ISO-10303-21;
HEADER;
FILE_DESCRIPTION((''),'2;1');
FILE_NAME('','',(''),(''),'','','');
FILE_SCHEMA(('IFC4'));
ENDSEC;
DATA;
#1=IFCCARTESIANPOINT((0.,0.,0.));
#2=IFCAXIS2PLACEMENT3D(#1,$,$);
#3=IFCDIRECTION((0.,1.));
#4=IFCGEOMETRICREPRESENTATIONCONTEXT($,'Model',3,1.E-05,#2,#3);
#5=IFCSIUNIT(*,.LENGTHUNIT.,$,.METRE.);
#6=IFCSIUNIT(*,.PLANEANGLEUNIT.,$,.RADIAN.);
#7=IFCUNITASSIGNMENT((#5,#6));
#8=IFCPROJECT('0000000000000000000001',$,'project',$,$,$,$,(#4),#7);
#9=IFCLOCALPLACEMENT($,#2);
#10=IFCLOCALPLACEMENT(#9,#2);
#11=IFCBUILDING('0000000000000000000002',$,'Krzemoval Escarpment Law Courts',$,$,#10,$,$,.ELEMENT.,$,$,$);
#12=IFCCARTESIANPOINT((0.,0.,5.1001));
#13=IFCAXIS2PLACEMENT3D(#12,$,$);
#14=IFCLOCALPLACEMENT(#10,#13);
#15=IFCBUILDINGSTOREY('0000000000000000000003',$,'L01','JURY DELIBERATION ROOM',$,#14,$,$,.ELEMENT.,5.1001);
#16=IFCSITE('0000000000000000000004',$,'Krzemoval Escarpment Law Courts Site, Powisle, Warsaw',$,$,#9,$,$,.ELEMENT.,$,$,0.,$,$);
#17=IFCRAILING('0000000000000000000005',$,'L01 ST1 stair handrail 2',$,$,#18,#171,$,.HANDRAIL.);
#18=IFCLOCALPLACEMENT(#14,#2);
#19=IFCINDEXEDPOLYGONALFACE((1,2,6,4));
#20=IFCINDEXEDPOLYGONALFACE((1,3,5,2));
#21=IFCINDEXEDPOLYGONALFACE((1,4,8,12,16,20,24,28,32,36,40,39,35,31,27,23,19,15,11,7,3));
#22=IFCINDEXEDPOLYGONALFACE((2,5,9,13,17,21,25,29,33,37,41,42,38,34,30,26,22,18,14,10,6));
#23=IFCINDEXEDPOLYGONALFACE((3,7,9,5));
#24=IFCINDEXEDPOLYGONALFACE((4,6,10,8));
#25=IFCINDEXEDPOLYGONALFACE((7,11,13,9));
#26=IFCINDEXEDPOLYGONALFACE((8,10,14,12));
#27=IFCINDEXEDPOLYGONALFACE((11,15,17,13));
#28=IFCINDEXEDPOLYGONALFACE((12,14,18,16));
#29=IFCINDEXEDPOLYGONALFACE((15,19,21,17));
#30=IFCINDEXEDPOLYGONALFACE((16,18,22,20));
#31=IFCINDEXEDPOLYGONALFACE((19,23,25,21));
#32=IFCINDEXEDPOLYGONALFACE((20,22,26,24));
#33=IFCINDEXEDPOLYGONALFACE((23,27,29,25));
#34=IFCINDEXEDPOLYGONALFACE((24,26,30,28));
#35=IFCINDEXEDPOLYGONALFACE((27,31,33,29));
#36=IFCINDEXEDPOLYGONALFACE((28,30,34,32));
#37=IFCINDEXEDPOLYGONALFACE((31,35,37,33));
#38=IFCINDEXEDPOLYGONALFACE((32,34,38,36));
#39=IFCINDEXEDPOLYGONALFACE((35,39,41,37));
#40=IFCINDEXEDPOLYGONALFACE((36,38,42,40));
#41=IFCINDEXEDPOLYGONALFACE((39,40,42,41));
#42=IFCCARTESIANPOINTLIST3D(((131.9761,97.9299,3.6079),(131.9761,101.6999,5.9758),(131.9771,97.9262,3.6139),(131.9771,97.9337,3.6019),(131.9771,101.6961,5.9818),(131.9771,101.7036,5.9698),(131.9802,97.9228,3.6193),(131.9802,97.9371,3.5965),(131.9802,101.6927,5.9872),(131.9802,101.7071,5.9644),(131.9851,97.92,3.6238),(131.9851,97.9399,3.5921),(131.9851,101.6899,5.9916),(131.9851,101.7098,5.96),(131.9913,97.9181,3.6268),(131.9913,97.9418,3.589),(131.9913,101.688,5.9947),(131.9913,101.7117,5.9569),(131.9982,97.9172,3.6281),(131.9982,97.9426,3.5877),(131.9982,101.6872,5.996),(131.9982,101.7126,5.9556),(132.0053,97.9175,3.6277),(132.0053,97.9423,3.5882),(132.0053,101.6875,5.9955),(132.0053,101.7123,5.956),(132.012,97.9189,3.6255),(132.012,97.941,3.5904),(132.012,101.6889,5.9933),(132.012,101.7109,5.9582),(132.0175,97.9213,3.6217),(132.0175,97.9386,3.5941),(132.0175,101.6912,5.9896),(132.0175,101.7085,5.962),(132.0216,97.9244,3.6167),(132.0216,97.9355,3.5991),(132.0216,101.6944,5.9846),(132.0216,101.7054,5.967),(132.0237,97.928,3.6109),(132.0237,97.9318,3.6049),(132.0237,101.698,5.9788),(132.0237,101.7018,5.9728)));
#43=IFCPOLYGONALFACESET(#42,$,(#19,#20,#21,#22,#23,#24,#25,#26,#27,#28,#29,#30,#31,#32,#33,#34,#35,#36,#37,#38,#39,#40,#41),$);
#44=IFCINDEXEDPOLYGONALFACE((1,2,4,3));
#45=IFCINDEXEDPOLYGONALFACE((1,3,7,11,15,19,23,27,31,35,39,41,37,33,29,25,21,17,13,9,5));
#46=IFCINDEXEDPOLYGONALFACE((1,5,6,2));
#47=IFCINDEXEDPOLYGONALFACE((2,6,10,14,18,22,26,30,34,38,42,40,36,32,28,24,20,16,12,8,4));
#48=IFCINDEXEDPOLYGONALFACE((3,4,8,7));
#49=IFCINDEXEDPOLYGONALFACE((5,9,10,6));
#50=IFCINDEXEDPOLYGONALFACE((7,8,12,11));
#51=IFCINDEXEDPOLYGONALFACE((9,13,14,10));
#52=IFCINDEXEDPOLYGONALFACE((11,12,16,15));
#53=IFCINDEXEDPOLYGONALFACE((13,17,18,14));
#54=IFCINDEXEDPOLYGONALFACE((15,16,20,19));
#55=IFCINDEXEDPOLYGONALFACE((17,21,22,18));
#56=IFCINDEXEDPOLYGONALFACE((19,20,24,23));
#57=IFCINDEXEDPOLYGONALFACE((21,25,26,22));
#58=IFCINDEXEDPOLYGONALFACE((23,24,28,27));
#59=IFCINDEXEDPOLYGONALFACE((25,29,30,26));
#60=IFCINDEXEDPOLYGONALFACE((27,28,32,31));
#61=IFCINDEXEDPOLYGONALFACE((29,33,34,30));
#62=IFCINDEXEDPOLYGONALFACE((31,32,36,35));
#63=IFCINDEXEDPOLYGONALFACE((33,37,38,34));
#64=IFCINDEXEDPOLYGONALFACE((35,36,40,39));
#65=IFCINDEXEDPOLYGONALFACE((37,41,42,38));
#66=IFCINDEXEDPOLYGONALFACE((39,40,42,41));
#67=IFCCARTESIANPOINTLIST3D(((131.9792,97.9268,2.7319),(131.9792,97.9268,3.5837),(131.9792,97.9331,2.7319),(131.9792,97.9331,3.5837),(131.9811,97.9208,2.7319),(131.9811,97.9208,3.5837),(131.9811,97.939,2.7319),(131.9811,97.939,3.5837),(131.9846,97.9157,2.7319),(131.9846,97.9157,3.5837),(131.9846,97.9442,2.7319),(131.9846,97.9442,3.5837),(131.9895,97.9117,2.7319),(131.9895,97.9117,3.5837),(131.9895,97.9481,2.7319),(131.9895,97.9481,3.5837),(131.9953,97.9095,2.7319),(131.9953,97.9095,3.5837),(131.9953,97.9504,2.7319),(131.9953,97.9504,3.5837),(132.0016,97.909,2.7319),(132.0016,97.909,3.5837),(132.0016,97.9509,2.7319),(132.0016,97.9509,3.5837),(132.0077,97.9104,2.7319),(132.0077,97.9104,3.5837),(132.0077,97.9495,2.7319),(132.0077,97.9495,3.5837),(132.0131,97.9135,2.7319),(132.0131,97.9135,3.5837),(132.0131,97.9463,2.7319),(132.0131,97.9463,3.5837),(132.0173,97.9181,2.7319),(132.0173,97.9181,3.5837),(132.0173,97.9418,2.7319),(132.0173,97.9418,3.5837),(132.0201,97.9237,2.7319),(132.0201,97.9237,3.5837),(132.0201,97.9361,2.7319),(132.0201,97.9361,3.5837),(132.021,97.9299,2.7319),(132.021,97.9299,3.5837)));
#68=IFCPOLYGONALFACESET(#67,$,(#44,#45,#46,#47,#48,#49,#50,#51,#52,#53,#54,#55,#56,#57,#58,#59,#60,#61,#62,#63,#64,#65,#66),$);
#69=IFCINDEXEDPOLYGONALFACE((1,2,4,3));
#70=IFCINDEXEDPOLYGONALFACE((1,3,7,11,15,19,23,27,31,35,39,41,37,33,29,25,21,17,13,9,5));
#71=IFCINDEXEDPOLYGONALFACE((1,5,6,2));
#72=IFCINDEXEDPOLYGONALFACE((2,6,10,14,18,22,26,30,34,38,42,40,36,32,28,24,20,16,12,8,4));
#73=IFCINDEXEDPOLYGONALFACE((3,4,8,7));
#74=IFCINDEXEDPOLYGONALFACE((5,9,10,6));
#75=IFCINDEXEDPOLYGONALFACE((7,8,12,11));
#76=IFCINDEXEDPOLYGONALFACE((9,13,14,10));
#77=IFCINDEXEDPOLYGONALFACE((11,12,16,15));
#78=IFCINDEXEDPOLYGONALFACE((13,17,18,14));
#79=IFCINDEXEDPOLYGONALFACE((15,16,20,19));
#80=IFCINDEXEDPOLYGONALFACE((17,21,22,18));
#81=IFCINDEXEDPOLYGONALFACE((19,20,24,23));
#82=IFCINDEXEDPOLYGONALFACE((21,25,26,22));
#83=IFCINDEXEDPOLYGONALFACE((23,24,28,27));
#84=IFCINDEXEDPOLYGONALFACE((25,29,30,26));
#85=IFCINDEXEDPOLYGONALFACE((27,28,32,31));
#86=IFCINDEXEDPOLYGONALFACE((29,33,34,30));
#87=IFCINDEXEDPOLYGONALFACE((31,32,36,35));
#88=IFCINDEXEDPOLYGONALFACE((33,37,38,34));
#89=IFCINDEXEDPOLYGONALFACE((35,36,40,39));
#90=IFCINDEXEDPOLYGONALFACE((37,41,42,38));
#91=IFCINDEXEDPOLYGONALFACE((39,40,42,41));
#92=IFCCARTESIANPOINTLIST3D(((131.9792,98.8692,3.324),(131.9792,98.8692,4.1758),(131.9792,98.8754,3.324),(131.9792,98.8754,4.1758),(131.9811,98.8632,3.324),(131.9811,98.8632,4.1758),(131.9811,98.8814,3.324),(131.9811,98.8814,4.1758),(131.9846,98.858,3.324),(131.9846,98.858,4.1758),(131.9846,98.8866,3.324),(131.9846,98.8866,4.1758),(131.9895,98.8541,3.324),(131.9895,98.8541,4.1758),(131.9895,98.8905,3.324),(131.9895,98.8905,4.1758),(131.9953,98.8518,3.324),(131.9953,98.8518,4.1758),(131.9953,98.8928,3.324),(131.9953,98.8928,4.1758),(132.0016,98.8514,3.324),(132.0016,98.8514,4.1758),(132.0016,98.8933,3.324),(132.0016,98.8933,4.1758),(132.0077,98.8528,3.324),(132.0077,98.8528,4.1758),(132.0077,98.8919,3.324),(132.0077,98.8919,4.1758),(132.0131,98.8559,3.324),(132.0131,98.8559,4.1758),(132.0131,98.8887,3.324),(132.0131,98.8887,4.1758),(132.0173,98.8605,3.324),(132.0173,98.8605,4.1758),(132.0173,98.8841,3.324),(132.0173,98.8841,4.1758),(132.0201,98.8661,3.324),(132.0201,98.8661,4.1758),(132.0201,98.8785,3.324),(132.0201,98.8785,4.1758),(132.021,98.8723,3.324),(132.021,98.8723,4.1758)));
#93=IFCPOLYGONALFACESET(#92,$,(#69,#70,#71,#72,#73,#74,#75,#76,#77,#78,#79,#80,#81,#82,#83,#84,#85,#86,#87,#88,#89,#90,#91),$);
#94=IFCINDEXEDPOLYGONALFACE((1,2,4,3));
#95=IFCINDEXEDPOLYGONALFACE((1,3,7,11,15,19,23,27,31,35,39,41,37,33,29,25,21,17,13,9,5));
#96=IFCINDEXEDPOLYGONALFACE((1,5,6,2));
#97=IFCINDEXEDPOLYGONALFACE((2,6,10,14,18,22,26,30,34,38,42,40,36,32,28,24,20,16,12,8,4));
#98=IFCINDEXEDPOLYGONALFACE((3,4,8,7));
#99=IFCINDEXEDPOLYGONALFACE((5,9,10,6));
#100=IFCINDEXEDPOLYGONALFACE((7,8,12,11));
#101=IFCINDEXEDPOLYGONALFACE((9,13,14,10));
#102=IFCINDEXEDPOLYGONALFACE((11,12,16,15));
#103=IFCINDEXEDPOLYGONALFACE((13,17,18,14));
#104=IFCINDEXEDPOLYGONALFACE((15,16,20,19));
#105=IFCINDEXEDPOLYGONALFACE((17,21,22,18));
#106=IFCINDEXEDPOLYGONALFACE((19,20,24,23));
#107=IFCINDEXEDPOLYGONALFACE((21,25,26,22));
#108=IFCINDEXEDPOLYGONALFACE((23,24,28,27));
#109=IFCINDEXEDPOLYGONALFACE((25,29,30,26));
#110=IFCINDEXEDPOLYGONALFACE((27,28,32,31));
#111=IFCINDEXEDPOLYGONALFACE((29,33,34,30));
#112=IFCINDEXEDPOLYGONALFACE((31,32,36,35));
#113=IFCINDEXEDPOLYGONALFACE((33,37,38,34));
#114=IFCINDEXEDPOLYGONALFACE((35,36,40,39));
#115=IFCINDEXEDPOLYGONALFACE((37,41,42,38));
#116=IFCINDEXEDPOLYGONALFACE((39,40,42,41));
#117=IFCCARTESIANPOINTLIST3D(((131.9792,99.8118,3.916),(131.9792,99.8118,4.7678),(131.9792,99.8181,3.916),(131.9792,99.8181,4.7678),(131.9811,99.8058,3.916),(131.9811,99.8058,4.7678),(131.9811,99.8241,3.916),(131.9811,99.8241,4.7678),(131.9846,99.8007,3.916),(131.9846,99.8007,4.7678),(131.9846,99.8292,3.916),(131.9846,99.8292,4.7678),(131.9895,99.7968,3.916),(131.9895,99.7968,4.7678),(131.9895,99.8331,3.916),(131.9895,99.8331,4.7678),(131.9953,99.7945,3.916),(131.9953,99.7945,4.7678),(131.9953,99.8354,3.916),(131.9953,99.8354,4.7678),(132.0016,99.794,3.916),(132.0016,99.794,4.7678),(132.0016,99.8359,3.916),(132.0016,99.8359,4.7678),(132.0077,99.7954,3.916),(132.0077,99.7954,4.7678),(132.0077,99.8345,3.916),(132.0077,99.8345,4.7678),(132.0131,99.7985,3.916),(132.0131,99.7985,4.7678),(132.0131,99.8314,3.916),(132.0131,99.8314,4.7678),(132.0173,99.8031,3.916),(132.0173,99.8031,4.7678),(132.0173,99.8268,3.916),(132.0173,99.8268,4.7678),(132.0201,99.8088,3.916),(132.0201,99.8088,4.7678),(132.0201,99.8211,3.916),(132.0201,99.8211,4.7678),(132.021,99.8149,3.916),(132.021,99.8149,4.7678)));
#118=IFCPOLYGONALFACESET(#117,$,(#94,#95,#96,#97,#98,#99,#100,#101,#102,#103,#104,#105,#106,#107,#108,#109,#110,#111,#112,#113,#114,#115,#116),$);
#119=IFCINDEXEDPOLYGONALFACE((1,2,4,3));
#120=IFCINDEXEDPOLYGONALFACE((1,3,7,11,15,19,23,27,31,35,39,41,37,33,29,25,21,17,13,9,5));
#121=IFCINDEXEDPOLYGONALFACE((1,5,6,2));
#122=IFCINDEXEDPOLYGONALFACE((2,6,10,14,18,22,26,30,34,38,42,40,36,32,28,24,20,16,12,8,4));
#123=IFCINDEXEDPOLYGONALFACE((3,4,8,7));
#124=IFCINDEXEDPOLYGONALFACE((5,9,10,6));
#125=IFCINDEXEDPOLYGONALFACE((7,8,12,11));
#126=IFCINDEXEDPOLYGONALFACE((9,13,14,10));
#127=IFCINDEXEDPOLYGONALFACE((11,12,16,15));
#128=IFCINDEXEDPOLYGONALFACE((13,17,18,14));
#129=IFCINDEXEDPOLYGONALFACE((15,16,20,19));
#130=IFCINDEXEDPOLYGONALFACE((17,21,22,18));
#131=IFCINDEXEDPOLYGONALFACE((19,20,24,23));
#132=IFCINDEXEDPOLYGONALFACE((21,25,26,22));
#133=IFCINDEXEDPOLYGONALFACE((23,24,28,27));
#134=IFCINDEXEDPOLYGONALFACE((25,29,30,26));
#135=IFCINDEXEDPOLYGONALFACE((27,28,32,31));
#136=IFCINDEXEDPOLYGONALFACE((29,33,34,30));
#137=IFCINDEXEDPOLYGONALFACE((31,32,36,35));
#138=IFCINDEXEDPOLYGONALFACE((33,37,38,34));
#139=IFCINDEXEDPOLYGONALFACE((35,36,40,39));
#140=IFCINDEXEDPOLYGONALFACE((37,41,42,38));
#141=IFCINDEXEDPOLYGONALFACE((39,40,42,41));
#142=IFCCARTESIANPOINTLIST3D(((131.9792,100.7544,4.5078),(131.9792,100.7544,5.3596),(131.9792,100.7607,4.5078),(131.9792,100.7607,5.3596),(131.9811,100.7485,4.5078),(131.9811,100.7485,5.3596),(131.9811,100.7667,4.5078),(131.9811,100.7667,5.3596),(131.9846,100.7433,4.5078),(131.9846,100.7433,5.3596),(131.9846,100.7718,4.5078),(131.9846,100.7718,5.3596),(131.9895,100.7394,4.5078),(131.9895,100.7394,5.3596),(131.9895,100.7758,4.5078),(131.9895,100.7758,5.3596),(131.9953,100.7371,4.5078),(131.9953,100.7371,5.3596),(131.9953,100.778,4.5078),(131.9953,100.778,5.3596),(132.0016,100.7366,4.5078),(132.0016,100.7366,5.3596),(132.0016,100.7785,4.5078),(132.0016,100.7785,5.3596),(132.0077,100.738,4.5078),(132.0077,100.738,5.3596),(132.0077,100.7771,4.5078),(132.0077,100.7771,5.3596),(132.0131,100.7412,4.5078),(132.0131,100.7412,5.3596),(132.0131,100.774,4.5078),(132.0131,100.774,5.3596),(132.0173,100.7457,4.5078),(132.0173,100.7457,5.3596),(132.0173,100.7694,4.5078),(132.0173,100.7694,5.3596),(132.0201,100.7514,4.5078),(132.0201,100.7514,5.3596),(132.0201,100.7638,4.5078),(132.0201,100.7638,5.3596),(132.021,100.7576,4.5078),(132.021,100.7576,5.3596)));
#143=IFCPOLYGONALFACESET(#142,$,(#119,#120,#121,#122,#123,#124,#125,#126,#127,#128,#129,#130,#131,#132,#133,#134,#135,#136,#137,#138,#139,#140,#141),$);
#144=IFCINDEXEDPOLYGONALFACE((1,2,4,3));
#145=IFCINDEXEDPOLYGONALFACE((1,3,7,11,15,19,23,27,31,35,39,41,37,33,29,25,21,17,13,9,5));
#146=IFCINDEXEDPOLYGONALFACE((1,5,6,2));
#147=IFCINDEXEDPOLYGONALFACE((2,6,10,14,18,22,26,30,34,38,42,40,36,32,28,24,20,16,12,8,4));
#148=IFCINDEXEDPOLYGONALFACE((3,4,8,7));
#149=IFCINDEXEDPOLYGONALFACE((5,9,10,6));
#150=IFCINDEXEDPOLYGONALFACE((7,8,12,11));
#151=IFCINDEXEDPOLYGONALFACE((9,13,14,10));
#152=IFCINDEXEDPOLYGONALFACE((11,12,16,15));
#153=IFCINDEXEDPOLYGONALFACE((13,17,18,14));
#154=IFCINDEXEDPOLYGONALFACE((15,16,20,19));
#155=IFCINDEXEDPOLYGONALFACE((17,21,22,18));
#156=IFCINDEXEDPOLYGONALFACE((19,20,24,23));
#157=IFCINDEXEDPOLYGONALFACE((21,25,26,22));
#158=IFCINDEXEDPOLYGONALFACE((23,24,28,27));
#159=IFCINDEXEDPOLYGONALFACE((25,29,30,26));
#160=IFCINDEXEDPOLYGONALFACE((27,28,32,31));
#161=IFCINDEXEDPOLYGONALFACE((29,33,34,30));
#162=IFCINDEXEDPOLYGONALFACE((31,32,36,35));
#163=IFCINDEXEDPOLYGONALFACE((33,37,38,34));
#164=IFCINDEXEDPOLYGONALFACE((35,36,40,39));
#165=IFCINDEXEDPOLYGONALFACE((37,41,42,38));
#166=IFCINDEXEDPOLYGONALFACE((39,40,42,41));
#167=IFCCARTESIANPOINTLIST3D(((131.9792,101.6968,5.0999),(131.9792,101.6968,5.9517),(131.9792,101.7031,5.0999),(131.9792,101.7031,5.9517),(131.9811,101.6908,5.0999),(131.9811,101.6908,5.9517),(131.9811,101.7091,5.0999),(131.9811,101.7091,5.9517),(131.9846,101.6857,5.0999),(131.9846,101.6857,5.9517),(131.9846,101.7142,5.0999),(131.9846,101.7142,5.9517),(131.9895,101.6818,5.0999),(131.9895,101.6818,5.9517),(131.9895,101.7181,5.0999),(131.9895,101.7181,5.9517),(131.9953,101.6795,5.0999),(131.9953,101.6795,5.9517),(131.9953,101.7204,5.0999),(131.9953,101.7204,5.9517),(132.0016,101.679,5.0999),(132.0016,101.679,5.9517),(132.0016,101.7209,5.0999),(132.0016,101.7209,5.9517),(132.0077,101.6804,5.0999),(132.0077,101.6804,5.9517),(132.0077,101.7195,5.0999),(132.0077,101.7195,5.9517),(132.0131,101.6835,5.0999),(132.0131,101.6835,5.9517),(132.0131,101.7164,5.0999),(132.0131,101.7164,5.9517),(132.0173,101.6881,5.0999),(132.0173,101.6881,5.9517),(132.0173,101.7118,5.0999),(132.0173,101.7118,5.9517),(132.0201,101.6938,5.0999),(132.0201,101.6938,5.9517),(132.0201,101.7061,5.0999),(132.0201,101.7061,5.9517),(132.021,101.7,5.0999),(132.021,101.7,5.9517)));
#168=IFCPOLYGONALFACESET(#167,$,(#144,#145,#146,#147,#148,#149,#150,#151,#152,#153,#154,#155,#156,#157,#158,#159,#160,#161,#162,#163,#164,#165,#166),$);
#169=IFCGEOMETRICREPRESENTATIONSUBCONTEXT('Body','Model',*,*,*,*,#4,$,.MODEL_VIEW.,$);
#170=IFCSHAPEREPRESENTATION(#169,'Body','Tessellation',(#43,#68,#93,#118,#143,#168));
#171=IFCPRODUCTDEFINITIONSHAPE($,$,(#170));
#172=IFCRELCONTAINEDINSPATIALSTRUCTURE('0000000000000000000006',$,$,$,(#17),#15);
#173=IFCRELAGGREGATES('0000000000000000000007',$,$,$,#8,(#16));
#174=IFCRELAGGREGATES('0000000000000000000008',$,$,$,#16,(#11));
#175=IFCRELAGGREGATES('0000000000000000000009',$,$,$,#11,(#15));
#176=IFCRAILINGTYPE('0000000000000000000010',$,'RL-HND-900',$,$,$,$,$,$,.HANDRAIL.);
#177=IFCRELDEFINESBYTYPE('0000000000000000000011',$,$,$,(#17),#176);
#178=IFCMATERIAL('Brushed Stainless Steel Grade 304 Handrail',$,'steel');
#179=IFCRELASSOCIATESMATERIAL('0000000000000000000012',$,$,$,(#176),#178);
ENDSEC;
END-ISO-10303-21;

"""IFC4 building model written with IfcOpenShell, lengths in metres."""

from ifc_helpers import new_model, si_unit, direction, frame, origin, origin_2d, place, context, subcontext, project, spatial, circle, extrude, material, type_object, element, save


model = new_model("IFC4")

# Units and contexts
model_context = context("Model", 3, precision=1e-05, world=origin(), true_north=direction((0.0, 1.0)))
body_context = subcontext(model_context, "Body", "Model", "MODEL_VIEW")
ifc_project = project(units=[si_unit("LENGTHUNIT", "METRE"), si_unit("PLANEANGLEUNIT", "RADIAN")], contexts=[model_context])

# Site, building, storey
site_placement = place(None, origin())
site = spatial("IfcSite", under=ifc_project, at=site_placement, Name="Krzemoval Escarpment Law Courts Site, Powisle, Warsaw", CompositionType="ELEMENT", RefElevation=0.0)
building_placement = place(site_placement, origin())
building = spatial("IfcBuilding", under=site, at=building_placement, Name="Krzemoval Escarpment Law Courts", CompositionType="ELEMENT")
storey_placement = place(building_placement, frame((0.0, 0.0, 5.1001)))
storey = spatial("IfcBuildingStorey", under=building, at=storey_placement, Name="L01", Description="JURY DELIBERATION ROOM", CompositionType="ELEMENT", Elevation=5.1001)

# Railing
ifc_material_1 = material(Name="Brushed Stainless Steel Grade 304 Handrail", Category="steel")
railing_type_1 = type_object("IfcRailingType", Name="RL-HND-900", PredefinedType="HANDRAIL", material=ifc_material_1)
railing_1_placement = place(storey_placement, frame((132.0, 97.9299, 2.7319)))
element("IfcRailing", 1, at=railing_1_placement, inside=storey, type_object=railing_type_1, Name="L01 ST1 stair handrail 2", PredefinedType="HANDRAIL", context=body_context, shape_type="SweptSolid", body=[
    extrude(circle(Radius=0.0239, at=origin_2d()), frame((0.0, 0.0, 0.876), z_axis=(0.0, 0.846819, 0.531881), x_axis=(-1.0, 0.0, 0.0)), (0.0, 0.0, 1.0), 4.4519),
    extrude(circle(Radius=0.021, at=origin_2d()), origin(), (0.0, 0.0, 1.0), 0.8518),
    extrude(circle(Radius=0.021, at=origin_2d()), frame((0.0, 0.9424, 0.592)), (0.0, 0.0, 1.0), 0.8518),
    extrude(circle(Radius=0.021, at=origin_2d()), frame((0.0, 1.885, 1.1841)), (0.0, 0.0, 1.0), 0.8518),
    extrude(circle(Radius=0.021, at=origin_2d()), frame((0.0, 2.8276, 1.7759)), (0.0, 0.0, 1.0), 0.8518),
    extrude(circle(Radius=0.021, at=origin_2d()), frame((0.0, 3.77, 2.3679)), (0.0, 0.0, 1.0), 0.8518),
])

save(model, "model.ifc")
